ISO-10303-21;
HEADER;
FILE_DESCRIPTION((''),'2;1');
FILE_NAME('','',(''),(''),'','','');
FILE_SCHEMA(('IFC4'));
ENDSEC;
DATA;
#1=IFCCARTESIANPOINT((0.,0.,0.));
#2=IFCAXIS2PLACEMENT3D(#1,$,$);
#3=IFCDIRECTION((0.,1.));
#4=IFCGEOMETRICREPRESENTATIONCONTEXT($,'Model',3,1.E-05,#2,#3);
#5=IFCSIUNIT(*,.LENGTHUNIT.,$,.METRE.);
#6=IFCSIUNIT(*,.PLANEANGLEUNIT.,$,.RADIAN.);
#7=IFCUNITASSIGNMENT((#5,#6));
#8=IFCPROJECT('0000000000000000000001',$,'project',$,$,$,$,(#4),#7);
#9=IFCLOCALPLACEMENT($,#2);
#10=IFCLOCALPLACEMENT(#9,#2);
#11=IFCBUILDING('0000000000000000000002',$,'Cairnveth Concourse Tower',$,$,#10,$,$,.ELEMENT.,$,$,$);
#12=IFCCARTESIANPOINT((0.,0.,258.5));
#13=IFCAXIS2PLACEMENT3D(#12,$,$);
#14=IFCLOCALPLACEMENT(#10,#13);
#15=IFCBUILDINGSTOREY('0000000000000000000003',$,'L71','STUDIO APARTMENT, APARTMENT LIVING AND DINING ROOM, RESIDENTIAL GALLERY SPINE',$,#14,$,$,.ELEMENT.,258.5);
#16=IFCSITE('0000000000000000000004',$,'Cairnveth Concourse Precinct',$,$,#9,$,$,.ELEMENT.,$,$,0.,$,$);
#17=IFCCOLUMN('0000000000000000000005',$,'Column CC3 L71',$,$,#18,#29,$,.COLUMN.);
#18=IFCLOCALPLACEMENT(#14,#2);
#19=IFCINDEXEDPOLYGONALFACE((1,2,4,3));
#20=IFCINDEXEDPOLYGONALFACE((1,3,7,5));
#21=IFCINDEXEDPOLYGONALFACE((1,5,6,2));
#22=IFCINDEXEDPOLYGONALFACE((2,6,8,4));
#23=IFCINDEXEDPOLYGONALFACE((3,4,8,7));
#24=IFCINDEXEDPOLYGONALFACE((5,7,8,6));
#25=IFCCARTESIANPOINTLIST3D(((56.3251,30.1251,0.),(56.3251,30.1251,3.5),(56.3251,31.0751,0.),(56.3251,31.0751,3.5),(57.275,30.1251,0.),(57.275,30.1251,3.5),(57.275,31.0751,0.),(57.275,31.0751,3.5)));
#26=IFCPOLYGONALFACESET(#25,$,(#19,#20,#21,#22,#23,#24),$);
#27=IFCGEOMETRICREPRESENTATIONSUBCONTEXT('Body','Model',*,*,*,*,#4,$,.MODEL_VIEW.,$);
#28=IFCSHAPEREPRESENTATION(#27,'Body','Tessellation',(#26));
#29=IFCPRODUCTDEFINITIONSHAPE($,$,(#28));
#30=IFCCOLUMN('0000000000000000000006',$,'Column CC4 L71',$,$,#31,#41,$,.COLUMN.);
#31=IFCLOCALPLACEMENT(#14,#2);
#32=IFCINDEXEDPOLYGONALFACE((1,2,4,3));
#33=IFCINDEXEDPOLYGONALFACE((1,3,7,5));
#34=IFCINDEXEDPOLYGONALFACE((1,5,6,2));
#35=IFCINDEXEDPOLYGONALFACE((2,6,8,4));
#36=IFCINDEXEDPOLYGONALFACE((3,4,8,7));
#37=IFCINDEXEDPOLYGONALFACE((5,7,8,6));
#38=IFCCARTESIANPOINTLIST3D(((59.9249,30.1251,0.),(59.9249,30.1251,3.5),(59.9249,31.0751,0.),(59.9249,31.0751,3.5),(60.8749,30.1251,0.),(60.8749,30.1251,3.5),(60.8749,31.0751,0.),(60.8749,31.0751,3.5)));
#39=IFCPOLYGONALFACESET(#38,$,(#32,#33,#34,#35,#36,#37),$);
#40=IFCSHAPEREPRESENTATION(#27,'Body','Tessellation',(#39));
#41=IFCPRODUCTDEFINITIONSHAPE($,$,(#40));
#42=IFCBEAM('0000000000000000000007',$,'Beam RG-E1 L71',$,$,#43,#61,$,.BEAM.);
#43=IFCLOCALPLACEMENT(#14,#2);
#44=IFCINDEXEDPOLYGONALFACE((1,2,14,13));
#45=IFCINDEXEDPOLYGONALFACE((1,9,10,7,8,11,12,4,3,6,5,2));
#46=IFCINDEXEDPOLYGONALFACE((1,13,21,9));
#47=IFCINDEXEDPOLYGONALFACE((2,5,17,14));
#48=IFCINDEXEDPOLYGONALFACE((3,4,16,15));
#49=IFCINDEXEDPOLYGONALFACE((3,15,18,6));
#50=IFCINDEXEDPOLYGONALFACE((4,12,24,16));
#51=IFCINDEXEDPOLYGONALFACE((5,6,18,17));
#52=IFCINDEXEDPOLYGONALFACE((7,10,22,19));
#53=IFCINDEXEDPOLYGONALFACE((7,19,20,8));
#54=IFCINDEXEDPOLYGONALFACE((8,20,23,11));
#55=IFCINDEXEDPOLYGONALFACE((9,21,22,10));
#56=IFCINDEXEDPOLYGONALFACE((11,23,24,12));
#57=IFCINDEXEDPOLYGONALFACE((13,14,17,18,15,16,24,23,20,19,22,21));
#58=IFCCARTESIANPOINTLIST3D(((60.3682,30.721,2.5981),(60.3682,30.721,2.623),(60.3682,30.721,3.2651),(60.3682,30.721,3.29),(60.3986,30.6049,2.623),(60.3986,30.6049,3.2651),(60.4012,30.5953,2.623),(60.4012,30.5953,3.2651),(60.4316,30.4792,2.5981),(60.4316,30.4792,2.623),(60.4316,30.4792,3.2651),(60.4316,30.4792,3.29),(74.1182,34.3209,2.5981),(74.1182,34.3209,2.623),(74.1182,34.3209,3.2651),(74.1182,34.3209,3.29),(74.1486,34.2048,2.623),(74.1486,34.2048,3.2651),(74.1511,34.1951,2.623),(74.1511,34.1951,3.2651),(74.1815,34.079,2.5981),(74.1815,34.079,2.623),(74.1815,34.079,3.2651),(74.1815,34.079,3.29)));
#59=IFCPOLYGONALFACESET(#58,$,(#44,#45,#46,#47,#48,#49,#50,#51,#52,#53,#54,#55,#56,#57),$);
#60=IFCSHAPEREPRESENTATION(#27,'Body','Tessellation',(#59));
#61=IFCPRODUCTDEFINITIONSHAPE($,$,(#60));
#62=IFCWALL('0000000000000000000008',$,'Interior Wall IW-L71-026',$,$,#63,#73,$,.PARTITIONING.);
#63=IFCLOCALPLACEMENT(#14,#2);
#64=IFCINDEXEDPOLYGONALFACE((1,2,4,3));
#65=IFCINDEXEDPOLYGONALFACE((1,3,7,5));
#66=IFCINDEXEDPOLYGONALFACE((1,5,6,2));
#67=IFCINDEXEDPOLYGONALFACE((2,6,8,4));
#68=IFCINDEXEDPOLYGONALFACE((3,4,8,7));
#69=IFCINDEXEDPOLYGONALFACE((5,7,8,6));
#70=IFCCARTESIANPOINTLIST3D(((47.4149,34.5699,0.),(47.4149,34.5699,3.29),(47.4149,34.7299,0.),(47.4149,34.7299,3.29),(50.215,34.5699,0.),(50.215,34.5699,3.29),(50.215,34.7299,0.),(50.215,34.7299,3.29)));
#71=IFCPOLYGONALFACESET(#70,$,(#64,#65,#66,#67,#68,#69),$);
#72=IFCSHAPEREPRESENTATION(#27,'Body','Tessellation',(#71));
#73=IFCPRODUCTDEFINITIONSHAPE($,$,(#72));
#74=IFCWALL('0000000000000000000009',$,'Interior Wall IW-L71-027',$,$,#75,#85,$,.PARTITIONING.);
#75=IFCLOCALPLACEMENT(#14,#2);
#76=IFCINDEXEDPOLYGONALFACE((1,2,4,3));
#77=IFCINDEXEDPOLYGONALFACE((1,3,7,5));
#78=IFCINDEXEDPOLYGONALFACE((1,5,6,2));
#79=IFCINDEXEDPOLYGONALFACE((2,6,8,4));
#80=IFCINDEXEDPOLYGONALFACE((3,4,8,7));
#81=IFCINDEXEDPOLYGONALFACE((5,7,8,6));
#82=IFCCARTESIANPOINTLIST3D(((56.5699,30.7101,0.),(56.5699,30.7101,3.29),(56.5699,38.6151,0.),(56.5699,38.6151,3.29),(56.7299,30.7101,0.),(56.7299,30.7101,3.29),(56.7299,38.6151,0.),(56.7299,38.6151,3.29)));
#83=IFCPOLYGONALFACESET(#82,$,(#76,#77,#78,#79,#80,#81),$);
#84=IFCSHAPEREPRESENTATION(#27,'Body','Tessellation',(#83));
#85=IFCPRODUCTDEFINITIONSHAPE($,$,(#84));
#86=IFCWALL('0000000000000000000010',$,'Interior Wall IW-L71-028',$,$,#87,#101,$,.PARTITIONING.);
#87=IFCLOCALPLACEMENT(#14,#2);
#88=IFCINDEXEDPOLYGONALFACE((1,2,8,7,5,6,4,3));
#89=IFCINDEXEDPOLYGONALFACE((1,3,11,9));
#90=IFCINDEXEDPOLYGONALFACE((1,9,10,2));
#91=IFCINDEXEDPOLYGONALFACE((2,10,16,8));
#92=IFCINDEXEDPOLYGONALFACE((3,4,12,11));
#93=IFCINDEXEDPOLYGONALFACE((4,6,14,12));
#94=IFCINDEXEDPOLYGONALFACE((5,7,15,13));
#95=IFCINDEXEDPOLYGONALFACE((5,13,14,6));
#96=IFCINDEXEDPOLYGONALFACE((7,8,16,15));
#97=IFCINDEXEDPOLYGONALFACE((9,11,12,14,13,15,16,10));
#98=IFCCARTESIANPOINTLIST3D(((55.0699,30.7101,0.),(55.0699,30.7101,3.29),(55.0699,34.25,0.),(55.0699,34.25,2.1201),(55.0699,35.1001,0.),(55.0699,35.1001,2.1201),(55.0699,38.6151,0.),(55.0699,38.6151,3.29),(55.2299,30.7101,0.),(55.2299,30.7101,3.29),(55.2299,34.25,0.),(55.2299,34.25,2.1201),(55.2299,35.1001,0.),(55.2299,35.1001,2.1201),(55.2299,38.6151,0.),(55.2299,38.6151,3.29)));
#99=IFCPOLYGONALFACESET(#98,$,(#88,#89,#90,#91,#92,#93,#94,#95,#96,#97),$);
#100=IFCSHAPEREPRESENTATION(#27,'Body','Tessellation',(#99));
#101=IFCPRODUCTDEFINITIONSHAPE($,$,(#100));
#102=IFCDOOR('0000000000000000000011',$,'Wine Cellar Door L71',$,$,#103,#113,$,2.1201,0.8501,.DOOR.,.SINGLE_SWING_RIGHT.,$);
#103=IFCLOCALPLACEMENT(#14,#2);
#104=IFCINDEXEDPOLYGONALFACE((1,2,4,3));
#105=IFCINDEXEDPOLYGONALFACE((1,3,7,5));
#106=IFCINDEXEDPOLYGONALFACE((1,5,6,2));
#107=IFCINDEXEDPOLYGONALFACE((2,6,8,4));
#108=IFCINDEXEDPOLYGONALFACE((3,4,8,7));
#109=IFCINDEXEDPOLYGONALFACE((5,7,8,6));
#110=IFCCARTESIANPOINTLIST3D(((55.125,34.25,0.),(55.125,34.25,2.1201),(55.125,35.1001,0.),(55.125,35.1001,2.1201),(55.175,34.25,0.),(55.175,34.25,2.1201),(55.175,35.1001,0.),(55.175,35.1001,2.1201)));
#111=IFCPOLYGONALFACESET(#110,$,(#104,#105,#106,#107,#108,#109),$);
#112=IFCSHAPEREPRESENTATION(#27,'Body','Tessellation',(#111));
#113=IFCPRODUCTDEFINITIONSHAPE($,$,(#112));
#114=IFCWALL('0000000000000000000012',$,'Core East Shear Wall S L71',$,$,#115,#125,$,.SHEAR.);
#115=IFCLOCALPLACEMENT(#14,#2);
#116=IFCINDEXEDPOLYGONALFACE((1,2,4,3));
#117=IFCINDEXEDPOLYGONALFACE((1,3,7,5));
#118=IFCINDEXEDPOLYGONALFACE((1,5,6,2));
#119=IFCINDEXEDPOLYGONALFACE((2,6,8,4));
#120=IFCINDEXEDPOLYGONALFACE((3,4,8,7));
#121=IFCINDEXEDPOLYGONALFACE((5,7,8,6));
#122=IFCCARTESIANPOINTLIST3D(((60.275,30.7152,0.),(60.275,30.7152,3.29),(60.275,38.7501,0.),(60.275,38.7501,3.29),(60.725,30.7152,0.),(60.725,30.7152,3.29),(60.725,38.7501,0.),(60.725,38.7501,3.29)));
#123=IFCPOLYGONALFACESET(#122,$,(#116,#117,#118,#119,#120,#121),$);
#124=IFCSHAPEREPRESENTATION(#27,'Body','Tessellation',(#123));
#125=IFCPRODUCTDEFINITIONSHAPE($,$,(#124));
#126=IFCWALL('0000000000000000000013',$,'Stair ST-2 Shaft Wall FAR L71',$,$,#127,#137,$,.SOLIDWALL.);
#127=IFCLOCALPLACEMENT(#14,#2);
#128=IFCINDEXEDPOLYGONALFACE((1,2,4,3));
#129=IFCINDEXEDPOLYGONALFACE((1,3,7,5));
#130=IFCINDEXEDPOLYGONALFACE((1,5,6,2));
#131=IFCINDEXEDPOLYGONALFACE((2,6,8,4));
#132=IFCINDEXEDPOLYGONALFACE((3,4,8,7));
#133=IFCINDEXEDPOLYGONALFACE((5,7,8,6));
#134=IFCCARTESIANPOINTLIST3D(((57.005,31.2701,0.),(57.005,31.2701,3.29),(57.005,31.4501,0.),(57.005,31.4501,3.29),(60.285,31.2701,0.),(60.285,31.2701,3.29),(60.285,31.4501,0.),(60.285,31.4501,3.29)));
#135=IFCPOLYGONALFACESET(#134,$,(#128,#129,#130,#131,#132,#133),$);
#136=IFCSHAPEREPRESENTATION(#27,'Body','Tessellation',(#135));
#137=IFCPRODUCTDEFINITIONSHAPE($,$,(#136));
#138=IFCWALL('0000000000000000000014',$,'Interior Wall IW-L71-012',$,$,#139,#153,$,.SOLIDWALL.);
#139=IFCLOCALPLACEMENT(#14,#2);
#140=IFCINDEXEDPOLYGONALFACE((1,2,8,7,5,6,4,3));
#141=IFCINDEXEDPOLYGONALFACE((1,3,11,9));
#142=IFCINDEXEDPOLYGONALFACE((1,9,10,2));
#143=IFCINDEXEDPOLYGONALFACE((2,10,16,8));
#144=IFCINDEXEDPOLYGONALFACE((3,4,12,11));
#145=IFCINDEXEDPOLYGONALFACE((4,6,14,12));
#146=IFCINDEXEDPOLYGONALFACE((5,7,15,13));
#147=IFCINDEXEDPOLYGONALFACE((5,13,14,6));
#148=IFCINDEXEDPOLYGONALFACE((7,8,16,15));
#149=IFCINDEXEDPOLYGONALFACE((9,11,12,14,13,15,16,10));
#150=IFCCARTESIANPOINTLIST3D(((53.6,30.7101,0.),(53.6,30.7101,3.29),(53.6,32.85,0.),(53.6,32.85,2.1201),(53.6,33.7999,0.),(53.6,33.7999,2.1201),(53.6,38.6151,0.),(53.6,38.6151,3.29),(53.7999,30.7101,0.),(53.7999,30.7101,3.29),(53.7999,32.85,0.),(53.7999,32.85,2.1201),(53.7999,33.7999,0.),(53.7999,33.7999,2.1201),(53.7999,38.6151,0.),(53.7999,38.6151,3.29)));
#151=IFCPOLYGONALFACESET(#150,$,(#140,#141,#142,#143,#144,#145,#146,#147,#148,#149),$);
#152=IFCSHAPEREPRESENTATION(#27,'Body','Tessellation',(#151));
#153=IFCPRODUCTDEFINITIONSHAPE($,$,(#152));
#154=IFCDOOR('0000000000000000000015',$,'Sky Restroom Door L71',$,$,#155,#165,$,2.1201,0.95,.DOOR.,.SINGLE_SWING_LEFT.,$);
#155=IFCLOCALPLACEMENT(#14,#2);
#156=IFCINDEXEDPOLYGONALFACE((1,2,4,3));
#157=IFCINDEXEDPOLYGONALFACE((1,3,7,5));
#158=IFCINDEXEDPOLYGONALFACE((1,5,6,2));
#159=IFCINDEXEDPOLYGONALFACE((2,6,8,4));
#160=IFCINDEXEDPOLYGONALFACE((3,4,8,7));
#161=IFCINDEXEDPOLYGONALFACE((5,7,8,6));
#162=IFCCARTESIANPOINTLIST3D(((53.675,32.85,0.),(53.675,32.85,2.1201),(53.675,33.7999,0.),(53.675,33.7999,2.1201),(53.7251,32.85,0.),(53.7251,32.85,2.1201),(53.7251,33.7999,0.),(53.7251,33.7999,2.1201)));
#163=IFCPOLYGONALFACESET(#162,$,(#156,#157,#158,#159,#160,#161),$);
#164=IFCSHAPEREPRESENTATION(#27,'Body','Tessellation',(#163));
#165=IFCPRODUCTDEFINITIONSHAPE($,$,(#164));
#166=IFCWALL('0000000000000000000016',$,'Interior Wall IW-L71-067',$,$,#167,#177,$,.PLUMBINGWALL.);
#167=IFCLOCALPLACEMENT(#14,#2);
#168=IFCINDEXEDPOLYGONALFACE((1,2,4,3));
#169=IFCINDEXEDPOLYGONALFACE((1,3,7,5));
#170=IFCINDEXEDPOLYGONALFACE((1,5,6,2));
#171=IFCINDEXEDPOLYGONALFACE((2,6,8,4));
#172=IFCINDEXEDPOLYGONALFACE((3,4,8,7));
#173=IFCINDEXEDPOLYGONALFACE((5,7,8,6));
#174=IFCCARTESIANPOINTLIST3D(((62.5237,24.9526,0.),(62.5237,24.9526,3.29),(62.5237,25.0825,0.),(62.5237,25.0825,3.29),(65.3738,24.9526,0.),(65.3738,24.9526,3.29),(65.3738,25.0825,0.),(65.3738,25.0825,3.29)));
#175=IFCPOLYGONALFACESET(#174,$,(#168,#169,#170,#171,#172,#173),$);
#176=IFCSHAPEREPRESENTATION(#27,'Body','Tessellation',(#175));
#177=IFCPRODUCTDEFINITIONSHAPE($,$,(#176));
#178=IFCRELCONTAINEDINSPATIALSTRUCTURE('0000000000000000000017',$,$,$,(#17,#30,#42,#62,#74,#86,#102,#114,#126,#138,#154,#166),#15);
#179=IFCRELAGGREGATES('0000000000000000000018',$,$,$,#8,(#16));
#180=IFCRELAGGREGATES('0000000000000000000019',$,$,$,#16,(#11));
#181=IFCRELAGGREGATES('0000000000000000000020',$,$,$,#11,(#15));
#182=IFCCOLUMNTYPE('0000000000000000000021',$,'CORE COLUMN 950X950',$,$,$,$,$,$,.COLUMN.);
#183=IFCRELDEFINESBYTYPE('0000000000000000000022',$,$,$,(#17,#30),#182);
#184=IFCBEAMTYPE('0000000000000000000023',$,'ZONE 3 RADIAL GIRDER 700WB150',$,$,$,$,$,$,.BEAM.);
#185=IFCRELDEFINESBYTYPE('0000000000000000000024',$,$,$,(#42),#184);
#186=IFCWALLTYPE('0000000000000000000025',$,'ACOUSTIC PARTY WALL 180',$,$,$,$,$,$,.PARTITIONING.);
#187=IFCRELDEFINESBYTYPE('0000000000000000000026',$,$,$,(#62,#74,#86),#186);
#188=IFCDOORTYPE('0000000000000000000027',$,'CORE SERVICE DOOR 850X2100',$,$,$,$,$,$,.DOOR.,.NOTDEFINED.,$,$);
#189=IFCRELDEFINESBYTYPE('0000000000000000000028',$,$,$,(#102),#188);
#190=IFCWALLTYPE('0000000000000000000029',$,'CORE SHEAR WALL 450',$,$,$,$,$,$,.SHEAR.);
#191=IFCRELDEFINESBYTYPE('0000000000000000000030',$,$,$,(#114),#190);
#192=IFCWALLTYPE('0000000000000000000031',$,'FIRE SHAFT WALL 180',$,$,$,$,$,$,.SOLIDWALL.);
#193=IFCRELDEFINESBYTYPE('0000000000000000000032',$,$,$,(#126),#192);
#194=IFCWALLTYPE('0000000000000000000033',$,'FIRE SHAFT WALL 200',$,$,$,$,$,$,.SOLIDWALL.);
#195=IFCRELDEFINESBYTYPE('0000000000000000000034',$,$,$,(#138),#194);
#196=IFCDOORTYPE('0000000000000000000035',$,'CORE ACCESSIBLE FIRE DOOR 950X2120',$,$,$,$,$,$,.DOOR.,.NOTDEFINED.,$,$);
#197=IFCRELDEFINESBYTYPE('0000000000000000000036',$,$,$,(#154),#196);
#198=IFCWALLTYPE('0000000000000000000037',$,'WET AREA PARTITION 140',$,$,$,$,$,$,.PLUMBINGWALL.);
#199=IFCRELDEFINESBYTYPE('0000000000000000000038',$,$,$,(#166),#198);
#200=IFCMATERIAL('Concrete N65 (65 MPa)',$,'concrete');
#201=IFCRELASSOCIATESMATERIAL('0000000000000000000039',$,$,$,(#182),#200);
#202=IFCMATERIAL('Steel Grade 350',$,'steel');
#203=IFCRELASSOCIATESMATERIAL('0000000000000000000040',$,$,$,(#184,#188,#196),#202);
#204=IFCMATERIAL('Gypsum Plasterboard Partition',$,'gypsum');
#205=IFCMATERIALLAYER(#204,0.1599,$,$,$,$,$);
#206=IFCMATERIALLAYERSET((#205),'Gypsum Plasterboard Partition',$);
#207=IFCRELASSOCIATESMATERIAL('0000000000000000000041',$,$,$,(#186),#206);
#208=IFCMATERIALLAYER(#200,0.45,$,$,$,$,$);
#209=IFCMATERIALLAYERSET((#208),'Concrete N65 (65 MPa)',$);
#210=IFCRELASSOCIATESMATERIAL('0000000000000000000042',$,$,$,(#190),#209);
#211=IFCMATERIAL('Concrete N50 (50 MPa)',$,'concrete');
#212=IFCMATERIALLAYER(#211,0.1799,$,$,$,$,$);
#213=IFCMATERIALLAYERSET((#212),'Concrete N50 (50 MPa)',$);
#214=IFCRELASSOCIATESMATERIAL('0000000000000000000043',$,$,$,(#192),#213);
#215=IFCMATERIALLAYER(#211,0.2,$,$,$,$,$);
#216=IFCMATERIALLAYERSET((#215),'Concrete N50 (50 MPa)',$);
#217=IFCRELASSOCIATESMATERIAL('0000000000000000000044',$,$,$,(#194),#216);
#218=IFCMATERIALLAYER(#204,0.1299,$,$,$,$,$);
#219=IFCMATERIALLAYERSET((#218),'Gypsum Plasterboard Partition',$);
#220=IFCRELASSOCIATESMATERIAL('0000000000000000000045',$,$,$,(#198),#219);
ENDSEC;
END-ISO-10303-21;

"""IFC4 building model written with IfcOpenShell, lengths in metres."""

from ifc_helpers import new_model, si_unit, direction, frame, frame_2d, origin, origin_2d, place, context, subcontext, project, spatial, rectangle, i_section, extrude, material, layer, layer_set, material_profile, profile_set, type_object, element, fill, save


model = new_model("IFC4")

# Units and contexts
model_context = context("Model", 3, precision=1e-05, world=origin(), true_north=direction((0.0, 1.0)))
body_context = subcontext(model_context, "Body", "Model", "MODEL_VIEW")
ifc_project = project(units=[si_unit("LENGTHUNIT", "METRE"), si_unit("PLANEANGLEUNIT", "RADIAN")], contexts=[model_context])

# Site, building, storey
site_placement = place(None, origin())
site = spatial("IfcSite", under=ifc_project, at=site_placement, Name="Cairnveth Concourse Precinct", CompositionType="ELEMENT", RefElevation=0.0)
building_placement = place(site_placement, origin())
building = spatial("IfcBuilding", under=site, at=building_placement, Name="Cairnveth Concourse Tower", CompositionType="ELEMENT")
storey_placement = place(building_placement, frame((0.0, 0.0, 258.5)))
storey = spatial("IfcBuildingStorey", under=building, at=storey_placement, Name="L71", Description="STUDIO APARTMENT, APARTMENT LIVING AND DINING ROOM, RESIDENTIAL GALLERY SPINE", CompositionType="ELEMENT", Elevation=258.5)

# Columns
ifc_material_1 = material(Name="Concrete N65 (65 MPa)", Category="concrete")
ifc_material_profile_1 = material_profile(ifc_material_1, rectangle(XDim=0.95, YDim=0.95, at=origin_2d()), Name="RC-COL-950x950")
ifc_profile_set_1 = profile_set([ifc_material_profile_1], Name="Concrete N65 (65 MPa)")
column_type = type_object("IfcColumnType", Name="CORE COLUMN 950X950", PredefinedType="COLUMN", material=ifc_profile_set_1)
for number, where, z_axis, x_axis, name in (
    (1, (56.8, 30.6001, 0.0), (0.0, 0.0, 1.0), (1.0, 0.0, 0.0), "Column CC3 L71"),
    (2, (60.3999, 30.6001, 0.0), (0.0, 0.0, 1.0), (1.0, 0.0, 0.0), "Column CC4 L71"),
):
    element("IfcColumn", number, at=place(storey_placement, frame(where, z_axis=z_axis, x_axis=x_axis)), inside=storey, type_object=column_type, Name=name, PredefinedType="COLUMN", context=body_context, shape_type="SweptSolid", body=[
        extrude(rectangle(XDim=0.95, YDim=0.95, at=origin_2d()), origin(), (0.0, 0.0, 1.0), 3.5),
    ])

# Beam
ifc_material_2 = material(Name="Steel Grade 350", Category="steel")
ifc_material_profile_2 = material_profile(ifc_material_2, i_section(OverallWidth=0.25, OverallDepth=0.6919, WebThickness=0.01, FlangeThickness=0.0249, at=origin_2d()), Name="700WB150")
ifc_profile_set_2 = profile_set([ifc_material_profile_2], Name="Steel Grade 350")
beam_type = type_object("IfcBeamType", Name="ZONE 3 RADIAL GIRDER 700WB150", PredefinedType="BEAM", material=ifc_profile_set_2)
beam_placement = place(storey_placement, frame((60.3999, 30.6001, 2.9441), z_axis=(0.967395, 0.253271, 0.0), x_axis=(-0.253271, 0.967395, 0.0)))
element("IfcBeam", 3, at=beam_placement, inside=storey, type_object=beam_type, Name="Beam RG-E1 L71", PredefinedType="BEAM", context=body_context, shape_type="SweptSolid", body=[
    extrude(i_section(OverallWidth=0.25, OverallDepth=0.6919, WebThickness=0.01, FlangeThickness=0.0249, at=origin_2d()), origin(), (0.0, 0.0, 1.0), 14.2134),
])

# Walls
ifc_material_3 = material(Name="Gypsum Plasterboard Partition", Category="gypsum")
ifc_layer_1 = layer(ifc_material_3, 0.1599)
ifc_layer_set_1 = layer_set([ifc_layer_1], Name="Gypsum Plasterboard Partition")
wall_type_1 = type_object("IfcWallType", Name="ACOUSTIC PARTY WALL 180", PredefinedType="PARTITIONING", material=ifc_layer_set_1)
wall_1_placement = place(storey_placement, frame((47.415, 34.6499, 0.0), z_axis=(0.0, 0.0, 1.0), x_axis=(1.0, 0.0, 0.0)))
element("IfcWall", 4, at=wall_1_placement, inside=storey, type_object=wall_type_1, Name="Interior Wall IW-L71-026", PredefinedType="PARTITIONING", context=body_context, shape_type="SweptSolid", body=[
    extrude(rectangle(XDim=2.8, YDim=0.1599, at=frame_2d((1.3999, 0.0))), origin(), (0.0, 0.0, 1.0), 3.29),
])
wall_2_placement = place(storey_placement, frame((56.6499, 30.71, 0.0), z_axis=(0.0, 0.0, 1.0), x_axis=(0.0, 1.0, 0.0)))
element("IfcWall", 5, at=wall_2_placement, inside=storey, type_object=wall_type_1, Name="Interior Wall IW-L71-027", PredefinedType="PARTITIONING", context=body_context, shape_type="SweptSolid", body=[
    extrude(rectangle(XDim=7.905, YDim=0.1599, at=frame_2d((3.9526, 0.0))), origin(), (0.0, 0.0, 1.0), 3.29),
])

# Wall, opening, door
wall_3_placement = place(storey_placement, frame((55.1499, 30.71, 0.0), z_axis=(0.0, 0.0, 1.0), x_axis=(0.0, 1.0, 0.0)))
wall_3 = element("IfcWall", 6, at=wall_3_placement, inside=storey, type_object=wall_type_1, Name="Interior Wall IW-L71-028", PredefinedType="PARTITIONING", context=body_context, shape_type="SweptSolid", body=[
    extrude(rectangle(XDim=7.905, YDim=0.1599, at=frame_2d((3.9526, 0.0))), origin(), (0.0, 0.0, 1.0), 3.29),
])
opening_1_placement = place(wall_3_placement, frame((3.54, 0.0, 0.0)))
opening_1 = element("IfcOpeningElement", 7, at=opening_1_placement, cuts=wall_3, PredefinedType="OPENING", context=body_context, shape_type="SweptSolid", body=[
    extrude(rectangle(XDim=0.8501, YDim=2.1201, at=frame_2d((0.425, 1.0601))), frame((0.0, 0.0898, 0.0), z_axis=(0.0, -1.0, 0.0), x_axis=(1.0, 0.0, 0.0)), (0.0, 0.0, 1.0), 0.1799),
])
door_type_1 = type_object("IfcDoorType", Name="CORE SERVICE DOOR 850X2100", OperationType="NOTDEFINED", PredefinedType="DOOR", material=ifc_material_2)
door_1_placement = place(opening_1_placement, origin())
door_1 = element("IfcDoor", 8, at=door_1_placement, inside=storey, type_object=door_type_1, Name="Wine Cellar Door L71", OperationType="SINGLE_SWING_RIGHT", OverallHeight=2.1201, OverallWidth=0.8501, PredefinedType="DOOR", context=body_context, shape_type="SweptSolid", body=[
    extrude(rectangle(XDim=0.8501, YDim=2.1201, at=frame_2d((0.425, 1.0601))), frame((0.0, 0.0249, 0.0), z_axis=(0.0, -1.0, 0.0), x_axis=(1.0, 0.0, 0.0)), (0.0, 0.0, 1.0), 0.05),
])
fill(opening_1, door_1)

# Walls
ifc_layer_2 = layer(ifc_material_1, 0.45)
ifc_layer_set_2 = layer_set([ifc_layer_2], Name="Concrete N65 (65 MPa)")
wall_type_2 = type_object("IfcWallType", Name="CORE SHEAR WALL 450", PredefinedType="SHEAR", material=ifc_layer_set_2)
wall_4_placement = place(storey_placement, frame((60.5, 30.7151, 0.0), z_axis=(0.0, 0.0, 1.0), x_axis=(0.0, 1.0, 0.0)))
element("IfcWall", 9, at=wall_4_placement, inside=storey, type_object=wall_type_2, Name="Core East Shear Wall S L71", PredefinedType="SHEAR", context=body_context, shape_type="SweptSolid", body=[
    extrude(rectangle(XDim=8.0349, YDim=0.45, at=frame_2d((4.0176, 0.0))), origin(), (0.0, 0.0, 1.0), 3.29),
])
ifc_material_4 = material(Name="Concrete N50 (50 MPa)", Category="concrete")
ifc_layer_3 = layer(ifc_material_4, 0.1799)
ifc_layer_set_3 = layer_set([ifc_layer_3], Name="Concrete N50 (50 MPa)")
wall_type_3 = type_object("IfcWallType", Name="FIRE SHAFT WALL 180", PredefinedType="SOLIDWALL", material=ifc_layer_set_3)
wall_5_placement = place(storey_placement, frame((57.0049, 31.3601, 0.0), z_axis=(0.0, 0.0, 1.0), x_axis=(1.0, 0.0, 0.0)))
element("IfcWall", 10, at=wall_5_placement, inside=storey, type_object=wall_type_3, Name="Stair ST-2 Shaft Wall FAR L71", PredefinedType="SOLIDWALL", context=body_context, shape_type="SweptSolid", body=[
    extrude(rectangle(XDim=3.28, YDim=0.1799, at=frame_2d((1.6401, 0.0))), origin(), (0.0, 0.0, 1.0), 3.29),
])

# Shared definitions
ifc_layer_4 = layer(ifc_material_4, 0.2)
ifc_layer_set_4 = layer_set([ifc_layer_4], Name="Concrete N50 (50 MPa)")
wall_type_4 = type_object("IfcWallType", Name="FIRE SHAFT WALL 200", PredefinedType="SOLIDWALL", material=ifc_layer_set_4)

# Wall, opening, door
wall_6_placement = place(storey_placement, frame((53.7, 30.71, 0.0), z_axis=(0.0, 0.0, 1.0), x_axis=(0.0, 1.0, 0.0)))
wall_6 = element("IfcWall", 11, at=wall_6_placement, inside=storey, type_object=wall_type_4, Name="Interior Wall IW-L71-012", PredefinedType="SOLIDWALL", context=body_context, shape_type="SweptSolid", body=[
    extrude(rectangle(XDim=7.905, YDim=0.2, at=frame_2d((3.9526, 0.0))), origin(), (0.0, 0.0, 1.0), 3.29),
])
opening_2_placement = place(wall_6_placement, frame((2.1399, 0.0, 0.0)))
opening_2 = element("IfcOpeningElement", 12, at=opening_2_placement, cuts=wall_6, PredefinedType="OPENING", context=body_context, shape_type="SweptSolid", body=[
    extrude(rectangle(XDim=0.95, YDim=2.1201, at=frame_2d((0.4751, 1.0601))), frame((0.0, 0.1099, 0.0), z_axis=(0.0, -1.0, 0.0), x_axis=(1.0, 0.0, 0.0)), (0.0, 0.0, 1.0), 0.22),
])
door_type_2 = type_object("IfcDoorType", Name="CORE ACCESSIBLE FIRE DOOR 950X2120", OperationType="NOTDEFINED", PredefinedType="DOOR", material=ifc_material_2)
door_2_placement = place(opening_2_placement, origin())
door_2 = element("IfcDoor", 13, at=door_2_placement, inside=storey, type_object=door_type_2, Name="Sky Restroom Door L71", OperationType="SINGLE_SWING_LEFT", OverallHeight=2.1201, OverallWidth=0.95, PredefinedType="DOOR", context=body_context, shape_type="SweptSolid", body=[
    extrude(rectangle(XDim=0.95, YDim=2.1201, at=frame_2d((0.4751, 1.0601))), frame((0.0, 0.0249, 0.0), z_axis=(0.0, -1.0, 0.0), x_axis=(1.0, 0.0, 0.0)), (0.0, 0.0, 1.0), 0.05),
])
fill(opening_2, door_2)

# Wall
ifc_layer_5 = layer(ifc_material_3, 0.1299)
ifc_layer_set_5 = layer_set([ifc_layer_5], Name="Gypsum Plasterboard Partition")
wall_type_5 = type_object("IfcWallType", Name="WET AREA PARTITION 140", PredefinedType="PLUMBINGWALL", material=ifc_layer_set_5)
wall_7_placement = place(storey_placement, frame((62.5237, 25.0176, 0.0), z_axis=(0.0, 0.0, 1.0), x_axis=(1.0, 0.0, 0.0)))
element("IfcWall", 14, at=wall_7_placement, inside=storey, type_object=wall_type_5, Name="Interior Wall IW-L71-067", PredefinedType="PLUMBINGWALL", context=body_context, shape_type="SweptSolid", body=[
    extrude(rectangle(XDim=2.8501, YDim=0.1299, at=frame_2d((1.425, 0.0))), origin(), (0.0, 0.0, 1.0), 3.29),
])

save(model, "model.ifc")
